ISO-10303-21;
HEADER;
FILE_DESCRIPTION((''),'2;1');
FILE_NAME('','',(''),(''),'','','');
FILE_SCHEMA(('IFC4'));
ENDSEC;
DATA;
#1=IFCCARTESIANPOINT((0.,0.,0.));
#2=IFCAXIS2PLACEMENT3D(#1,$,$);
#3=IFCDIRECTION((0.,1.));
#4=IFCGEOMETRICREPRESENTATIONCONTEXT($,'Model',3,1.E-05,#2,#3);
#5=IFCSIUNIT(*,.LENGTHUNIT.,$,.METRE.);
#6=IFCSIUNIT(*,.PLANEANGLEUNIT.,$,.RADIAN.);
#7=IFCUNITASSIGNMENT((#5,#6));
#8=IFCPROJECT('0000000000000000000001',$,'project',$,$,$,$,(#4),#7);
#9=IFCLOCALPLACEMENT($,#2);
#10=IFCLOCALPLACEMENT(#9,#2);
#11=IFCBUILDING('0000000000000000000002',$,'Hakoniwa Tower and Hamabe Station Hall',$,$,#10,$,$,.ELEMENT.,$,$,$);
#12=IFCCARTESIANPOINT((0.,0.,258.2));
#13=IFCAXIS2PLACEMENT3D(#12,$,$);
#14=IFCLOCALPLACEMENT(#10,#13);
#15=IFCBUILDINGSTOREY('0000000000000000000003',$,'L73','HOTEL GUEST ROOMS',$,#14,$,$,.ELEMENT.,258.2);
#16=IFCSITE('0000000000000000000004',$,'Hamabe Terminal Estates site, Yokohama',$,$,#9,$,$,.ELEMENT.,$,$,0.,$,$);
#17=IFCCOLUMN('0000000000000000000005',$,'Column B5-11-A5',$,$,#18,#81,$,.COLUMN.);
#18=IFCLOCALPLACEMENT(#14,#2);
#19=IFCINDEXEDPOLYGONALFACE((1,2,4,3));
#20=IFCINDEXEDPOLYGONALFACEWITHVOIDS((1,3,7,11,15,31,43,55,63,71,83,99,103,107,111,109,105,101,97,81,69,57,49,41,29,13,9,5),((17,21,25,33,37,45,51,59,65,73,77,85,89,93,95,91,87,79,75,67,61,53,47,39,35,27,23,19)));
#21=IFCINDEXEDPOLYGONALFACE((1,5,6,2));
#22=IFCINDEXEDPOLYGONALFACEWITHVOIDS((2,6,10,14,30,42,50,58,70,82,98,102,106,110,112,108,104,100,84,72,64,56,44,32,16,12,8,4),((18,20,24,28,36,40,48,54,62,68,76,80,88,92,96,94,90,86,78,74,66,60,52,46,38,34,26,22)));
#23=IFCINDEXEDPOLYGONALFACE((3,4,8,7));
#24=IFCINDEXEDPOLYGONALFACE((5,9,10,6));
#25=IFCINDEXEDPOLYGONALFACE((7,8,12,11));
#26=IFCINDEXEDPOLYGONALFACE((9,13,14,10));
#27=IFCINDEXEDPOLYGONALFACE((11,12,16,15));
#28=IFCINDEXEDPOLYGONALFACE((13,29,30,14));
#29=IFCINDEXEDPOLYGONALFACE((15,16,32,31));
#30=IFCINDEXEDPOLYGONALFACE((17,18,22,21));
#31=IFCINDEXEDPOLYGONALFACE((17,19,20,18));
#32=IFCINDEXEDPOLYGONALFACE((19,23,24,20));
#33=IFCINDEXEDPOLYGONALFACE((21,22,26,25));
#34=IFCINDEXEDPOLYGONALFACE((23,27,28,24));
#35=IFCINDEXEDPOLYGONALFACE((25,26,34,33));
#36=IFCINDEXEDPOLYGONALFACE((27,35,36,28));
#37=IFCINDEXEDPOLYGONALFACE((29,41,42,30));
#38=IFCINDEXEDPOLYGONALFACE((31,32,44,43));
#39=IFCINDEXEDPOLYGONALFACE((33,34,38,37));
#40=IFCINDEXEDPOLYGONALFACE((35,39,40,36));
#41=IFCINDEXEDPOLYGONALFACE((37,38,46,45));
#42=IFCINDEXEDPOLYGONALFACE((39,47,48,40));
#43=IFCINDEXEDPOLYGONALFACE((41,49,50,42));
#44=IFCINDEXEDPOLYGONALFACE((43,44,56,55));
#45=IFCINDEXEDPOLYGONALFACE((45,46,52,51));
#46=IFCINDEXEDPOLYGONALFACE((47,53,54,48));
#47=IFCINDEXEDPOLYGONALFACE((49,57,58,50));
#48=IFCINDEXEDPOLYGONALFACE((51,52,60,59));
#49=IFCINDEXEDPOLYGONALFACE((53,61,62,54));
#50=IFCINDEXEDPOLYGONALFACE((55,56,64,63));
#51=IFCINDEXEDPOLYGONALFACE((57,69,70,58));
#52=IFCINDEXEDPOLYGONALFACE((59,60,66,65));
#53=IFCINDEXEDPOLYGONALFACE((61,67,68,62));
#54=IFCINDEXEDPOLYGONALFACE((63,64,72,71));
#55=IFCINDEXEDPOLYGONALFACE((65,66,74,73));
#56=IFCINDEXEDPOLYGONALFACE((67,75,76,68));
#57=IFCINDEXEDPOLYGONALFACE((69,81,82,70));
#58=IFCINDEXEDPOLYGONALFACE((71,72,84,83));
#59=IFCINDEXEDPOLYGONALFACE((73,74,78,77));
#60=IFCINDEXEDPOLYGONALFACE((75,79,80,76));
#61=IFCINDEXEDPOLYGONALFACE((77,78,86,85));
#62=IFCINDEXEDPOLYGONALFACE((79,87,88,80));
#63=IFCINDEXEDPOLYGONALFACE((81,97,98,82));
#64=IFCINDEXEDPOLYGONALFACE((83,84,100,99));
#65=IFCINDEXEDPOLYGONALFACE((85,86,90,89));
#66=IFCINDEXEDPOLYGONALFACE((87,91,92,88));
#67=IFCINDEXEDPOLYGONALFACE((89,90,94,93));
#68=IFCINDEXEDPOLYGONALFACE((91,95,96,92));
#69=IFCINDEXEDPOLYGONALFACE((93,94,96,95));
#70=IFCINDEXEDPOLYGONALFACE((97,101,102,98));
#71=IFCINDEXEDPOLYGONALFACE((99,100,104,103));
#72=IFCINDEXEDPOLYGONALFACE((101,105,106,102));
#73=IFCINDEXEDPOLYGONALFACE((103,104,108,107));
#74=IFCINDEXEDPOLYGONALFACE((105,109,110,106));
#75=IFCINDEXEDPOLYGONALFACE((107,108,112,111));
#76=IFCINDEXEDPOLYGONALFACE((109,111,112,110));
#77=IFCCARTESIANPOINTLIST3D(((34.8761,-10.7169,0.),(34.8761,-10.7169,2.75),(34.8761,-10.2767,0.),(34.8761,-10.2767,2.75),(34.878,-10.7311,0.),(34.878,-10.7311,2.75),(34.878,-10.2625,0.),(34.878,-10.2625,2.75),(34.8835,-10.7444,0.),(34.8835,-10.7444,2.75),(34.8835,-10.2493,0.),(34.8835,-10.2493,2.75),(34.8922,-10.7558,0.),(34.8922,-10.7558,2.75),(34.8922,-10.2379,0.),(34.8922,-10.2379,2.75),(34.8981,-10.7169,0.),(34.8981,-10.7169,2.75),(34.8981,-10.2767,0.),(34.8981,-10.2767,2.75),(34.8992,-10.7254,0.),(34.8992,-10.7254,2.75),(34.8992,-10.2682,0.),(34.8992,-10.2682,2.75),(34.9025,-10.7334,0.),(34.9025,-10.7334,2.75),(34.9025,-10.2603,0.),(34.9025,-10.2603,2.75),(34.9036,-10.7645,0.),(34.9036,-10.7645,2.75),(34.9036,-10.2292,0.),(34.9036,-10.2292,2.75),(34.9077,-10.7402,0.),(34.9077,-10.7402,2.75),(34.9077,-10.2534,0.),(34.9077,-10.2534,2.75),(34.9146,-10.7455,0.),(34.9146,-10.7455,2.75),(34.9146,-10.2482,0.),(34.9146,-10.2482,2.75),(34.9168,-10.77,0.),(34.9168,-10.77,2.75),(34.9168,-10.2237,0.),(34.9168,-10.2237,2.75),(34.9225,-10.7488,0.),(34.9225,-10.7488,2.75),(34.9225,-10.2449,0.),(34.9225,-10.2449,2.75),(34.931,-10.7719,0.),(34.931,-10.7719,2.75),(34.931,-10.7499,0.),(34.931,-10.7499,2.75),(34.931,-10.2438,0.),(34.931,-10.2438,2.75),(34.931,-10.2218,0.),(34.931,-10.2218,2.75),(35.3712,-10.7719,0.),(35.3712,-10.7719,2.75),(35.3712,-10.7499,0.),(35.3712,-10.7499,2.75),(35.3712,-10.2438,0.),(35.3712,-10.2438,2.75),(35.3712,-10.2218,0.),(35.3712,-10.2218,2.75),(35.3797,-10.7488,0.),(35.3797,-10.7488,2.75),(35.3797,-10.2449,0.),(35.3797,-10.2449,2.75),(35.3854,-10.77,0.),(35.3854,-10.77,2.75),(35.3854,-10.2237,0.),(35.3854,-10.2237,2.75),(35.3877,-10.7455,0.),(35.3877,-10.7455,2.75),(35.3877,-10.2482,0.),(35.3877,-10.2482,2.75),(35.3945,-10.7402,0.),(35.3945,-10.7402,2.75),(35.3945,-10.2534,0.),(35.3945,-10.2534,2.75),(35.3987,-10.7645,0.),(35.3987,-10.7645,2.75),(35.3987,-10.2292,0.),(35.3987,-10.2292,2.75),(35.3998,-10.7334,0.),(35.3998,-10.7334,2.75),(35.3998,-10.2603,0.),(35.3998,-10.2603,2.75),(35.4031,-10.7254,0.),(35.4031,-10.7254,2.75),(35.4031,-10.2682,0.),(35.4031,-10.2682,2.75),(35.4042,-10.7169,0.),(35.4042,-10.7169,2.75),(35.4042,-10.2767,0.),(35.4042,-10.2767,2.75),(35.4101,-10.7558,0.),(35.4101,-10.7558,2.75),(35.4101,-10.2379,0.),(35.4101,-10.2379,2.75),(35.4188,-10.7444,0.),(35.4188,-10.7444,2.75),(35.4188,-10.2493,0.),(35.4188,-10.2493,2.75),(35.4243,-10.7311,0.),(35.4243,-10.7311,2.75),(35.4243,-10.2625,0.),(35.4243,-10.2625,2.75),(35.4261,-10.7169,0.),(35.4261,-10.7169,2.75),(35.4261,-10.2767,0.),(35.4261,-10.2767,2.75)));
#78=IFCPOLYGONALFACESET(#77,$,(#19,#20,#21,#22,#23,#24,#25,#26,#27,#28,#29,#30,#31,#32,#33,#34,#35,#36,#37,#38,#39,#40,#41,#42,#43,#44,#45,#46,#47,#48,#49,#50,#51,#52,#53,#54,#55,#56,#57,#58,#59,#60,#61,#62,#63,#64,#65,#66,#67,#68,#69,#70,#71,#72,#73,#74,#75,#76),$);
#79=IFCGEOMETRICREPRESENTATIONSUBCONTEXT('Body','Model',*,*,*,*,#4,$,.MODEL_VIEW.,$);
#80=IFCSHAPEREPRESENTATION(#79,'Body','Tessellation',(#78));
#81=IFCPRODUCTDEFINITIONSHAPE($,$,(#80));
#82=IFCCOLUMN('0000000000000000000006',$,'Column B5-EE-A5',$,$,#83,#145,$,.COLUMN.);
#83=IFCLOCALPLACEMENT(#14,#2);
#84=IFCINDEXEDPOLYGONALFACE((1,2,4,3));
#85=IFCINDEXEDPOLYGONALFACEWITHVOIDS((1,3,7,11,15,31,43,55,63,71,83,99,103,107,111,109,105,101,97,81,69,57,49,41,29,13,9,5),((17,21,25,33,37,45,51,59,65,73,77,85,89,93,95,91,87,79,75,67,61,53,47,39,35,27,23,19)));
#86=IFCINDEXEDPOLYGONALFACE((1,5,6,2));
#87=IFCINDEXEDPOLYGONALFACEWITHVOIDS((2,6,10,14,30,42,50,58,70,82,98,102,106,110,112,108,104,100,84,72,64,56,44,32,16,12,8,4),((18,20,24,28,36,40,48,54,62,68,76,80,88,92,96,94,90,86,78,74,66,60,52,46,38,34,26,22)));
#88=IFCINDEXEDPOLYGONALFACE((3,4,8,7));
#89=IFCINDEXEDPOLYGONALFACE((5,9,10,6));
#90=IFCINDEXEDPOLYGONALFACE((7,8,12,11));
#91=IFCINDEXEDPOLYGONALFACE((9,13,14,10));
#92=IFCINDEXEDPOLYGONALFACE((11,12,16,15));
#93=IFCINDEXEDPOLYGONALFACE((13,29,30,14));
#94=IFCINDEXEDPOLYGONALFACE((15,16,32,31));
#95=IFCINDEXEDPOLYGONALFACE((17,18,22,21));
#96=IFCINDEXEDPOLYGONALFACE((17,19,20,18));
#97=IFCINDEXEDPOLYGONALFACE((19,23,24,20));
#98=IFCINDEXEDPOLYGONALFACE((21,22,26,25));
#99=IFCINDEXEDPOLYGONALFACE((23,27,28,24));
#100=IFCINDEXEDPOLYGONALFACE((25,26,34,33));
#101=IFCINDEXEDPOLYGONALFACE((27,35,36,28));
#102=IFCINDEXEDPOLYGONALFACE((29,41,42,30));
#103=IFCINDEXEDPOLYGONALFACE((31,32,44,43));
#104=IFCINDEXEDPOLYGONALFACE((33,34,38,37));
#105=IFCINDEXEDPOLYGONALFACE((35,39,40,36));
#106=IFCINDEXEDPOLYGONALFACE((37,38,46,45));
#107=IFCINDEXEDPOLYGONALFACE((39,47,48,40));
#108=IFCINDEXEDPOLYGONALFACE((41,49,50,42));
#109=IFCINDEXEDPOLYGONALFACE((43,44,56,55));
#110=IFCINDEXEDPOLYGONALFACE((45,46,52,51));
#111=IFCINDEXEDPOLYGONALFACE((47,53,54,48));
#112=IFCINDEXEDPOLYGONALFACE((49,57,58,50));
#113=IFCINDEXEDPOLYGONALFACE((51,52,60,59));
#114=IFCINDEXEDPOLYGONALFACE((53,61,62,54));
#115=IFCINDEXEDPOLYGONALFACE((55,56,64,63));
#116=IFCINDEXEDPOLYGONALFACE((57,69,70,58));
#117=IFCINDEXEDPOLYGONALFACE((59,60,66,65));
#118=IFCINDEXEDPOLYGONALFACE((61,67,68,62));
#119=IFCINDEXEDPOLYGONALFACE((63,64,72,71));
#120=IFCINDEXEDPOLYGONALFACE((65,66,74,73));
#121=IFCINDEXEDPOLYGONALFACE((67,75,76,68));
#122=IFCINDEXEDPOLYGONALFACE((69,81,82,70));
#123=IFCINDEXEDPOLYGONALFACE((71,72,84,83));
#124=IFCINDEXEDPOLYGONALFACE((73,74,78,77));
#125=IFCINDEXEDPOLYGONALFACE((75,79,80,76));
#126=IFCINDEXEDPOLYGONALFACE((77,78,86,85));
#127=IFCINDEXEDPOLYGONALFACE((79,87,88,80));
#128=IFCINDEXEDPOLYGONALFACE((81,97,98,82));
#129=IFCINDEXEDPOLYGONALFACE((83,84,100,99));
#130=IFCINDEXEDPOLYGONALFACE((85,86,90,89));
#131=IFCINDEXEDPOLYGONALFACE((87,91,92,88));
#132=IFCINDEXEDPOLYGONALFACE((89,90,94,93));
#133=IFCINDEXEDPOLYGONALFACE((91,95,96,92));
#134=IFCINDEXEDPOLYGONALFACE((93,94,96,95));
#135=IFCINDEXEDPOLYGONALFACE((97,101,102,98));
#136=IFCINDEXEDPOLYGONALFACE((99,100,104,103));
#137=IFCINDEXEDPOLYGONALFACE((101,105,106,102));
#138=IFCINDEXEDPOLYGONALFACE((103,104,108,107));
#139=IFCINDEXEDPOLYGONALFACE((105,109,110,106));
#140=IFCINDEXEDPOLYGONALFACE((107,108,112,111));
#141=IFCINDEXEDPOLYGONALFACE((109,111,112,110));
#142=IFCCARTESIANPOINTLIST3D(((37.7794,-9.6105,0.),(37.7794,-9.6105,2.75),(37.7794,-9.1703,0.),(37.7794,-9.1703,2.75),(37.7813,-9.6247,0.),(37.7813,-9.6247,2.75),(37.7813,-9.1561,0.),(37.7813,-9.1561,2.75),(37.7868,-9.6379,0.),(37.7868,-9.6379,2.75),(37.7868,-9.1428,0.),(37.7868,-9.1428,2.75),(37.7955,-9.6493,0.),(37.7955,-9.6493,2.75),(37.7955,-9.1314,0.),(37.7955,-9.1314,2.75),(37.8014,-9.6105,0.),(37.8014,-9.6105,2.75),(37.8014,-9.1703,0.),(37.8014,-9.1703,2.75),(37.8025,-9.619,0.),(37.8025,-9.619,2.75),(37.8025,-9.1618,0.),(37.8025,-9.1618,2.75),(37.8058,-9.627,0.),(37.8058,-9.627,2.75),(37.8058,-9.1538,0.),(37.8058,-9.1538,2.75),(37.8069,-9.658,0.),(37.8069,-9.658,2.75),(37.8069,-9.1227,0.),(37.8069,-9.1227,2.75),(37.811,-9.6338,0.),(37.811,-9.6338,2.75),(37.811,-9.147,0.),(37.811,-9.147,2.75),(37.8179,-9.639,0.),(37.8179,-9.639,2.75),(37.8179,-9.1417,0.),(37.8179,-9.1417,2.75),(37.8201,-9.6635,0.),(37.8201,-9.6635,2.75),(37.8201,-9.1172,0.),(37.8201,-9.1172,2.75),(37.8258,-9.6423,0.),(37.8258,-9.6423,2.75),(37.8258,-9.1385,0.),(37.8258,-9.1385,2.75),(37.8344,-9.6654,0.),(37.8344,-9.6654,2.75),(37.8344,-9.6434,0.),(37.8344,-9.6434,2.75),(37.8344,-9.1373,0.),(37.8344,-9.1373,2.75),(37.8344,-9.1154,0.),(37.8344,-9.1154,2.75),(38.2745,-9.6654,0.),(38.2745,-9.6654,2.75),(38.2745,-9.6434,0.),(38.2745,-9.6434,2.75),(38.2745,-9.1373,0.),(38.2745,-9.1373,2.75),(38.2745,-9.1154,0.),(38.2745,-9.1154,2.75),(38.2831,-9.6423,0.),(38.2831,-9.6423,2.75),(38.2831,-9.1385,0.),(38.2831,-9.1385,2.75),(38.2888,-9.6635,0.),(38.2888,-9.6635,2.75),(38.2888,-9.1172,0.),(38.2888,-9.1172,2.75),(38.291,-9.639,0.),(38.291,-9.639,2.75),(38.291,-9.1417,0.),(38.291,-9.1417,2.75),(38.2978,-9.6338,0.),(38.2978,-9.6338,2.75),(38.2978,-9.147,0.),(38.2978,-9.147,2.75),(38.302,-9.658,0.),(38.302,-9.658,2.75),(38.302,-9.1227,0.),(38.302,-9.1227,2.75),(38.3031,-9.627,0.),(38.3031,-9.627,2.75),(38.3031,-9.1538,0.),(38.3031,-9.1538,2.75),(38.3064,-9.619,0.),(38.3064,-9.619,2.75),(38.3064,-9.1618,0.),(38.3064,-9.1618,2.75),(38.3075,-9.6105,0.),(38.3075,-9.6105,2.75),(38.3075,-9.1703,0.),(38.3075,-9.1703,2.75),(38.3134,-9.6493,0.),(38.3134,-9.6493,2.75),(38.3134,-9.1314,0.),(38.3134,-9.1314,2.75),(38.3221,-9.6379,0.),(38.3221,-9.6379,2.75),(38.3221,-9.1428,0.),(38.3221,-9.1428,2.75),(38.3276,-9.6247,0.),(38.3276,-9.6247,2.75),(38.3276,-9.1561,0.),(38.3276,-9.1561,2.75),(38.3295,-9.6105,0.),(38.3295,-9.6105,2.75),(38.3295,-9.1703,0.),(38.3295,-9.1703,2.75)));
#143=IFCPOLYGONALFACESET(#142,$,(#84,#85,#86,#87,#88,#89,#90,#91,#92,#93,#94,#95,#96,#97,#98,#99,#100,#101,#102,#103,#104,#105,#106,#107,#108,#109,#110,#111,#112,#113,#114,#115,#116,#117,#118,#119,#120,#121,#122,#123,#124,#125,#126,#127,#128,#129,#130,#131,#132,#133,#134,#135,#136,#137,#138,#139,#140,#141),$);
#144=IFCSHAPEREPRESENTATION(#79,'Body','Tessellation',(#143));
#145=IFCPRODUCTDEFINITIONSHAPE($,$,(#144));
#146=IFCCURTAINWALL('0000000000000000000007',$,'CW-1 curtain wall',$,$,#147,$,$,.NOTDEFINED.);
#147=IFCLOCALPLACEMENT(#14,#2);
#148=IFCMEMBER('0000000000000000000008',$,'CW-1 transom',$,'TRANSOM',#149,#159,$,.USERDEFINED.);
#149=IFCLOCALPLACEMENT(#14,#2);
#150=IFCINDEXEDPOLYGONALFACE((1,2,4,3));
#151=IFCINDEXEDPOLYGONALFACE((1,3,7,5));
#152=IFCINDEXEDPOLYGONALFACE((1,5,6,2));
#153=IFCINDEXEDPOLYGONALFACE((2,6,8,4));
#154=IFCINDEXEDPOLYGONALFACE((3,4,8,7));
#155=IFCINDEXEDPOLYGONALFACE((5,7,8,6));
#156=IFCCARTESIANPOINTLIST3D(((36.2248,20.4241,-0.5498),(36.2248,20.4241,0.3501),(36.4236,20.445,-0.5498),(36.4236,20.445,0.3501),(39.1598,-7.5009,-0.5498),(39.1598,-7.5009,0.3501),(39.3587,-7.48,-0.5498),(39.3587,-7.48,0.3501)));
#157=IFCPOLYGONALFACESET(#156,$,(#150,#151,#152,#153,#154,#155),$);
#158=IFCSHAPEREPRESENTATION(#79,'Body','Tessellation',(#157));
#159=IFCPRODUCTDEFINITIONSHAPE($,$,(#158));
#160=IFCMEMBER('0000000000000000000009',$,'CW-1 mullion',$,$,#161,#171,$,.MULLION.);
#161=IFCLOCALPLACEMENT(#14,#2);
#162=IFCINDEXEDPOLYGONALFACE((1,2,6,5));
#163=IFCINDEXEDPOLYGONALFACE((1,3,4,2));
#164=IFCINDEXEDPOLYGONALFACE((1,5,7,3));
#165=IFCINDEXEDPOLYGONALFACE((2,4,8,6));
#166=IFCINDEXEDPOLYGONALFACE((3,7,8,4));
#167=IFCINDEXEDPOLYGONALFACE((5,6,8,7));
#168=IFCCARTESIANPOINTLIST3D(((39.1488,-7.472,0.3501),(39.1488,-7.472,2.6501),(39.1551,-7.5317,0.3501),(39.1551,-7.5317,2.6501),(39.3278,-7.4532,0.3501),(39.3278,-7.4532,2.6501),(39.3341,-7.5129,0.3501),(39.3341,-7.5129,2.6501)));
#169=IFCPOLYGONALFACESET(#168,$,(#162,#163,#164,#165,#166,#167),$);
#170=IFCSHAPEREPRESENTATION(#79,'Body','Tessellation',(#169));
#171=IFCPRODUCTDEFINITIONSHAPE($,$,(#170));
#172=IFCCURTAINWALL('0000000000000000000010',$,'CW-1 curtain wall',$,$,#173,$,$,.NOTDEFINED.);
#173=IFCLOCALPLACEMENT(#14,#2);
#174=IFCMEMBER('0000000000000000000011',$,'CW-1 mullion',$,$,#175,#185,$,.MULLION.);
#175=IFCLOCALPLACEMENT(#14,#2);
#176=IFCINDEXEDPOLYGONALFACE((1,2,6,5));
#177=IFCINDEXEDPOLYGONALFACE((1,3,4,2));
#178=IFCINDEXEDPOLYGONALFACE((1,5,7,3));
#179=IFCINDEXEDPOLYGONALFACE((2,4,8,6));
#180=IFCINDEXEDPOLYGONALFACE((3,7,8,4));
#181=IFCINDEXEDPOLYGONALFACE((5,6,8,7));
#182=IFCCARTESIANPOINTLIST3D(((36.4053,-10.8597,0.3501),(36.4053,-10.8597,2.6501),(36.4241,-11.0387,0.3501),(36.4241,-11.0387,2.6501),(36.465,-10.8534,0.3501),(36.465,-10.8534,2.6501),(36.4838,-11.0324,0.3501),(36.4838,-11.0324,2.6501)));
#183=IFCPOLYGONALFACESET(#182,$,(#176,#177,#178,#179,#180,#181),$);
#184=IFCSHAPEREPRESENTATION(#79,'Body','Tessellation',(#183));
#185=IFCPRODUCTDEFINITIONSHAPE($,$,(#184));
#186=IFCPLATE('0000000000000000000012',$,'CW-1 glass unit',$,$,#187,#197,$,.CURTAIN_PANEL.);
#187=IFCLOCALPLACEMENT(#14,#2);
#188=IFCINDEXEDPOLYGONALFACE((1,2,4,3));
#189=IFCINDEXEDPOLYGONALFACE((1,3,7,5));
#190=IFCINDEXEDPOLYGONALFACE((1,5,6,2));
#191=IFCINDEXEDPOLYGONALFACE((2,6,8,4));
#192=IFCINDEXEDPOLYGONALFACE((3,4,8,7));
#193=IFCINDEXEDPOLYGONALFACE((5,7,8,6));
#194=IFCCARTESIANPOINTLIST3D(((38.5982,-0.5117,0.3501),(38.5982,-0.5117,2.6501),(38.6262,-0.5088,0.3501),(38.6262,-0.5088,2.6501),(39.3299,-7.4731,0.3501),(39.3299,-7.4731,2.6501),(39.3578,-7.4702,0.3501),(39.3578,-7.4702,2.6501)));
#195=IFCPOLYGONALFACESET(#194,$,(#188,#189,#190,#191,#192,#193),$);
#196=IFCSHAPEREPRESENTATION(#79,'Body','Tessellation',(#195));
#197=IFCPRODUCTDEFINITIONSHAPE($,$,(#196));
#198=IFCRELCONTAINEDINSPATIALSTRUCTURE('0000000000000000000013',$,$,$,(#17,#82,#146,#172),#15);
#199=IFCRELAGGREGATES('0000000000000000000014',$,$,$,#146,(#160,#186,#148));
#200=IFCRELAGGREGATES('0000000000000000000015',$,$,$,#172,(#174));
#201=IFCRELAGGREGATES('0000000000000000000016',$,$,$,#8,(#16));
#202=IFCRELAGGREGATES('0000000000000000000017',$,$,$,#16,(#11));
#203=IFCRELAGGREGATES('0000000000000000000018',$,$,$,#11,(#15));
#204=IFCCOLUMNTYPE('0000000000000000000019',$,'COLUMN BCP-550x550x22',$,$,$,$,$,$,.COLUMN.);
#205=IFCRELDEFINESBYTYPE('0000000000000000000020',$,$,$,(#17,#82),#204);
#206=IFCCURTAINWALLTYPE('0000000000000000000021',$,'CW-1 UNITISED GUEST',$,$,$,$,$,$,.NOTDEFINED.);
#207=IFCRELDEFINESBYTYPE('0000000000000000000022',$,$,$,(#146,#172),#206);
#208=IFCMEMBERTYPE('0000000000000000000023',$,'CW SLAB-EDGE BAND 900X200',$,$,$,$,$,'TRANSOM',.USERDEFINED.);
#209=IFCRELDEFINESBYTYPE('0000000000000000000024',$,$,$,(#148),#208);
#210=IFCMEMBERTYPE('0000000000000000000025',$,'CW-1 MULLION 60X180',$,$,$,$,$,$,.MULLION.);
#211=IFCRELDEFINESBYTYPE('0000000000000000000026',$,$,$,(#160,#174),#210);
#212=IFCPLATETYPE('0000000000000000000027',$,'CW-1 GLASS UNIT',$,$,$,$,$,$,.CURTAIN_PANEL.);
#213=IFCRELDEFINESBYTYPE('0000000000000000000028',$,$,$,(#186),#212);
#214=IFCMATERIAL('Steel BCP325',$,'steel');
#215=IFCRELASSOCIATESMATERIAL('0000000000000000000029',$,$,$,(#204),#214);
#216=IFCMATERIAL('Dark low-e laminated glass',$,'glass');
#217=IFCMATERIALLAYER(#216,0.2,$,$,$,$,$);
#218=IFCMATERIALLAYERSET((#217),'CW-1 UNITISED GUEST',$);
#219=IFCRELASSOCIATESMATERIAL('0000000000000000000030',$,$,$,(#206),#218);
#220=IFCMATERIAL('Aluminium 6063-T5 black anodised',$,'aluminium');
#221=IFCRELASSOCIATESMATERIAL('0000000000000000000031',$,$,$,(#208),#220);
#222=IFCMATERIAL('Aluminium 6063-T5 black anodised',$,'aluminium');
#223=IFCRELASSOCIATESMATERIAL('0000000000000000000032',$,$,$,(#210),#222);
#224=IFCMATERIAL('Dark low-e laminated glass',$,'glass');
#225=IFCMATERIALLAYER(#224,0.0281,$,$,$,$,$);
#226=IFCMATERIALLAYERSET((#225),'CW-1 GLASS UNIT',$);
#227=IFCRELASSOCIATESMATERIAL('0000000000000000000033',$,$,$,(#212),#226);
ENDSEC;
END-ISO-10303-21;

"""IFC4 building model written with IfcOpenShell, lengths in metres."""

from ifc_helpers import new_model, si_unit, direction, frame, origin, origin_2d, place, context, subcontext, project, spatial, rectangle, hollow_rectangle, extrude, material, layer, layer_set, material_profile, profile_set, type_object, element, aggregate, save


model = new_model("IFC4")

# Units and contexts
model_context = context("Model", 3, precision=1e-05, world=origin(), true_north=direction((0.0, 1.0)))
body_context = subcontext(model_context, "Body", "Model", "MODEL_VIEW")
ifc_project = project(units=[si_unit("LENGTHUNIT", "METRE"), si_unit("PLANEANGLEUNIT", "RADIAN")], contexts=[model_context])

# Site, building, storey
site_placement = place(None, origin())
site = spatial("IfcSite", under=ifc_project, at=site_placement, Name="Hamabe Terminal Estates site, Yokohama", CompositionType="ELEMENT", RefElevation=0.0)
building_placement = place(site_placement, origin())
building = spatial("IfcBuilding", under=site, at=building_placement, Name="Hakoniwa Tower and Hamabe Station Hall", CompositionType="ELEMENT")
storey_placement = place(building_placement, frame((0.0, 0.0, 258.2)))
storey = spatial("IfcBuildingStorey", under=building, at=storey_placement, Name="L73", Description="HOTEL GUEST ROOMS", CompositionType="ELEMENT", Elevation=258.2)

# Columns
ifc_material_1 = material(Name="Steel BCP325", Category="steel")
ifc_material_profile_1 = material_profile(ifc_material_1, hollow_rectangle(XDim=0.55, YDim=0.55, WallThickness=0.022, InnerFilletRadius=0.033, OuterFilletRadius=0.0549, at=origin_2d()), Name="BCP-550x550x22")
ifc_profile_set_1 = profile_set([ifc_material_profile_1], Name="Steel BCP325")
column_type = type_object("IfcColumnType", Name="COLUMN BCP-550x550x22", PredefinedType="COLUMN", material=ifc_profile_set_1)
for number, where, z_axis, x_axis, name in (
    (1, (35.1511, -10.4968, 0.0), (0.0, 0.0, 1.0), (1.0, 0.0, 0.0), "Column B5-11-A5"),
    (2, (38.0544, -9.3904, 0.0), (0.0, 0.0, 1.0), (1.0, 0.0, 0.0), "Column B5-EE-A5"),
):
    element("IfcColumn", number, at=place(storey_placement, frame(where, z_axis=z_axis, x_axis=x_axis)), inside=storey, type_object=column_type, Name=name, PredefinedType="COLUMN", context=body_context, shape_type="SweptSolid", body=[
        extrude(hollow_rectangle(XDim=0.55, YDim=0.55, WallThickness=0.022, InnerFilletRadius=0.033, OuterFilletRadius=0.0549, at=origin_2d()), origin(), (0.0, 0.0, 1.0), 2.75),
    ])

# Curtain wall, members
ifc_material_2 = material(Name="Dark low-e laminated glass", Category="glass")
ifc_layer_1 = layer(ifc_material_2, 0.2)
ifc_layer_set_1 = layer_set([ifc_layer_1], Name="CW-1 UNITISED GUEST")
curtain_wall_type = type_object("IfcCurtainWallType", Name="CW-1 UNITISED GUEST", PredefinedType="NOTDEFINED", material=ifc_layer_set_1)
curtain_wall_1_placement = place(storey_placement, origin())
curtain_wall_1 = element("IfcCurtainWall", 3, at=curtain_wall_1_placement, inside=storey, type_object=curtain_wall_type, Name="CW-1 curtain wall", PredefinedType="NOTDEFINED")
ifc_material_3 = material(Name="Aluminium 6063-T5 black anodised", Category="aluminium")
ifc_material_profile_2 = material_profile(ifc_material_3, rectangle(XDim=0.2, YDim=0.8999, at=origin_2d()), Name="CW SLAB-EDGE BAND 900X200")
ifc_profile_set_2 = profile_set([ifc_material_profile_2], Name="Aluminium 6063-T5 black anodised")
member_type_1 = type_object("IfcMemberType", Name="CW SLAB-EDGE BAND 900X200", ElementType="TRANSOM", PredefinedType="USERDEFINED", material=ifc_profile_set_2)
member_1_placement = place(storey_placement, frame((39.2593, -7.4905, -0.0999), z_axis=(-0.104529, 0.994522, 0.0), x_axis=(-0.994522, -0.104529, 0.0)))
member_1 = element("IfcMember", 4, at=member_1_placement, type_object=member_type_1, Name="CW-1 transom", ObjectType="TRANSOM", PredefinedType="USERDEFINED", context=body_context, shape_type="SweptSolid", body=[
    extrude(rectangle(XDim=0.2, YDim=0.8999, at=origin_2d()), origin(), (0.0, 0.0, 1.0), 28.0789),
])
ifc_material_4 = material(Name="Aluminium 6063-T5 black anodised", Category="aluminium")
ifc_material_profile_3 = material_profile(ifc_material_4, rectangle(XDim=0.0601, YDim=0.1799, at=origin_2d()), Name="CW-1 MULLION 60X180")
ifc_profile_set_3 = profile_set([ifc_material_profile_3], Name="Aluminium 6063-T5 black anodised")
member_type_2 = type_object("IfcMemberType", Name="CW-1 MULLION 60X180", PredefinedType="MULLION", material=ifc_profile_set_3)
member_2_placement = place(storey_placement, frame((39.2415, -7.4924, 0.3501), z_axis=(0.0, 0.0, 1.0), x_axis=(-0.104528, 0.994522, 0.0)))
member_2 = element("IfcMember", 5, at=member_2_placement, type_object=member_type_2, Name="CW-1 mullion", PredefinedType="MULLION", context=body_context, shape_type="SweptSolid", body=[
    extrude(rectangle(XDim=0.0601, YDim=0.1799, at=origin_2d()), origin(), (0.0, 0.0, 1.0), 2.3),
])

# Curtain wall, member
curtain_wall_2_placement = place(storey_placement, origin())
curtain_wall_2 = element("IfcCurtainWall", 6, at=curtain_wall_2_placement, inside=storey, type_object=curtain_wall_type, Name="CW-1 curtain wall", PredefinedType="NOTDEFINED")
member_3_placement = place(storey_placement, frame((36.4446, -10.946, 0.3501), z_axis=(0.0, 0.0, 1.0), x_axis=(0.994522, 0.104528, 0.0)))
member_3 = element("IfcMember", 7, at=member_3_placement, type_object=member_type_2, Name="CW-1 mullion", PredefinedType="MULLION", context=body_context, shape_type="SweptSolid", body=[
    extrude(rectangle(XDim=0.0601, YDim=0.1799, at=origin_2d()), origin(), (0.0, 0.0, 1.0), 2.3),
])

# Plate
ifc_material_5 = material(Name="Dark low-e laminated glass", Category="glass")
ifc_layer_2 = layer(ifc_material_5, 0.0281)
ifc_layer_set_2 = layer_set([ifc_layer_2], Name="CW-1 GLASS UNIT")
plate_type = type_object("IfcPlateType", Name="CW-1 GLASS UNIT", PredefinedType="CURTAIN_PANEL", material=ifc_layer_set_2)
plate_1_placement = place(storey_placement, frame((38.978, -3.991, 0.3501), z_axis=(0.0, 0.0, 1.0), x_axis=(-0.104528, 0.994522, 0.0)))
plate_1 = element("IfcPlate", 8, at=plate_1_placement, type_object=plate_type, Name="CW-1 glass unit", PredefinedType="CURTAIN_PANEL", context=body_context, shape_type="SweptSolid", body=[
    extrude(rectangle(XDim=6.9998, YDim=0.0281, at=origin_2d()), origin(), (0.0, 0.0, 1.0), 2.3),
])
aggregate(curtain_wall_1, [member_2, plate_1, member_1])
aggregate(curtain_wall_2, [member_3])

save(model, "model.ifc")
